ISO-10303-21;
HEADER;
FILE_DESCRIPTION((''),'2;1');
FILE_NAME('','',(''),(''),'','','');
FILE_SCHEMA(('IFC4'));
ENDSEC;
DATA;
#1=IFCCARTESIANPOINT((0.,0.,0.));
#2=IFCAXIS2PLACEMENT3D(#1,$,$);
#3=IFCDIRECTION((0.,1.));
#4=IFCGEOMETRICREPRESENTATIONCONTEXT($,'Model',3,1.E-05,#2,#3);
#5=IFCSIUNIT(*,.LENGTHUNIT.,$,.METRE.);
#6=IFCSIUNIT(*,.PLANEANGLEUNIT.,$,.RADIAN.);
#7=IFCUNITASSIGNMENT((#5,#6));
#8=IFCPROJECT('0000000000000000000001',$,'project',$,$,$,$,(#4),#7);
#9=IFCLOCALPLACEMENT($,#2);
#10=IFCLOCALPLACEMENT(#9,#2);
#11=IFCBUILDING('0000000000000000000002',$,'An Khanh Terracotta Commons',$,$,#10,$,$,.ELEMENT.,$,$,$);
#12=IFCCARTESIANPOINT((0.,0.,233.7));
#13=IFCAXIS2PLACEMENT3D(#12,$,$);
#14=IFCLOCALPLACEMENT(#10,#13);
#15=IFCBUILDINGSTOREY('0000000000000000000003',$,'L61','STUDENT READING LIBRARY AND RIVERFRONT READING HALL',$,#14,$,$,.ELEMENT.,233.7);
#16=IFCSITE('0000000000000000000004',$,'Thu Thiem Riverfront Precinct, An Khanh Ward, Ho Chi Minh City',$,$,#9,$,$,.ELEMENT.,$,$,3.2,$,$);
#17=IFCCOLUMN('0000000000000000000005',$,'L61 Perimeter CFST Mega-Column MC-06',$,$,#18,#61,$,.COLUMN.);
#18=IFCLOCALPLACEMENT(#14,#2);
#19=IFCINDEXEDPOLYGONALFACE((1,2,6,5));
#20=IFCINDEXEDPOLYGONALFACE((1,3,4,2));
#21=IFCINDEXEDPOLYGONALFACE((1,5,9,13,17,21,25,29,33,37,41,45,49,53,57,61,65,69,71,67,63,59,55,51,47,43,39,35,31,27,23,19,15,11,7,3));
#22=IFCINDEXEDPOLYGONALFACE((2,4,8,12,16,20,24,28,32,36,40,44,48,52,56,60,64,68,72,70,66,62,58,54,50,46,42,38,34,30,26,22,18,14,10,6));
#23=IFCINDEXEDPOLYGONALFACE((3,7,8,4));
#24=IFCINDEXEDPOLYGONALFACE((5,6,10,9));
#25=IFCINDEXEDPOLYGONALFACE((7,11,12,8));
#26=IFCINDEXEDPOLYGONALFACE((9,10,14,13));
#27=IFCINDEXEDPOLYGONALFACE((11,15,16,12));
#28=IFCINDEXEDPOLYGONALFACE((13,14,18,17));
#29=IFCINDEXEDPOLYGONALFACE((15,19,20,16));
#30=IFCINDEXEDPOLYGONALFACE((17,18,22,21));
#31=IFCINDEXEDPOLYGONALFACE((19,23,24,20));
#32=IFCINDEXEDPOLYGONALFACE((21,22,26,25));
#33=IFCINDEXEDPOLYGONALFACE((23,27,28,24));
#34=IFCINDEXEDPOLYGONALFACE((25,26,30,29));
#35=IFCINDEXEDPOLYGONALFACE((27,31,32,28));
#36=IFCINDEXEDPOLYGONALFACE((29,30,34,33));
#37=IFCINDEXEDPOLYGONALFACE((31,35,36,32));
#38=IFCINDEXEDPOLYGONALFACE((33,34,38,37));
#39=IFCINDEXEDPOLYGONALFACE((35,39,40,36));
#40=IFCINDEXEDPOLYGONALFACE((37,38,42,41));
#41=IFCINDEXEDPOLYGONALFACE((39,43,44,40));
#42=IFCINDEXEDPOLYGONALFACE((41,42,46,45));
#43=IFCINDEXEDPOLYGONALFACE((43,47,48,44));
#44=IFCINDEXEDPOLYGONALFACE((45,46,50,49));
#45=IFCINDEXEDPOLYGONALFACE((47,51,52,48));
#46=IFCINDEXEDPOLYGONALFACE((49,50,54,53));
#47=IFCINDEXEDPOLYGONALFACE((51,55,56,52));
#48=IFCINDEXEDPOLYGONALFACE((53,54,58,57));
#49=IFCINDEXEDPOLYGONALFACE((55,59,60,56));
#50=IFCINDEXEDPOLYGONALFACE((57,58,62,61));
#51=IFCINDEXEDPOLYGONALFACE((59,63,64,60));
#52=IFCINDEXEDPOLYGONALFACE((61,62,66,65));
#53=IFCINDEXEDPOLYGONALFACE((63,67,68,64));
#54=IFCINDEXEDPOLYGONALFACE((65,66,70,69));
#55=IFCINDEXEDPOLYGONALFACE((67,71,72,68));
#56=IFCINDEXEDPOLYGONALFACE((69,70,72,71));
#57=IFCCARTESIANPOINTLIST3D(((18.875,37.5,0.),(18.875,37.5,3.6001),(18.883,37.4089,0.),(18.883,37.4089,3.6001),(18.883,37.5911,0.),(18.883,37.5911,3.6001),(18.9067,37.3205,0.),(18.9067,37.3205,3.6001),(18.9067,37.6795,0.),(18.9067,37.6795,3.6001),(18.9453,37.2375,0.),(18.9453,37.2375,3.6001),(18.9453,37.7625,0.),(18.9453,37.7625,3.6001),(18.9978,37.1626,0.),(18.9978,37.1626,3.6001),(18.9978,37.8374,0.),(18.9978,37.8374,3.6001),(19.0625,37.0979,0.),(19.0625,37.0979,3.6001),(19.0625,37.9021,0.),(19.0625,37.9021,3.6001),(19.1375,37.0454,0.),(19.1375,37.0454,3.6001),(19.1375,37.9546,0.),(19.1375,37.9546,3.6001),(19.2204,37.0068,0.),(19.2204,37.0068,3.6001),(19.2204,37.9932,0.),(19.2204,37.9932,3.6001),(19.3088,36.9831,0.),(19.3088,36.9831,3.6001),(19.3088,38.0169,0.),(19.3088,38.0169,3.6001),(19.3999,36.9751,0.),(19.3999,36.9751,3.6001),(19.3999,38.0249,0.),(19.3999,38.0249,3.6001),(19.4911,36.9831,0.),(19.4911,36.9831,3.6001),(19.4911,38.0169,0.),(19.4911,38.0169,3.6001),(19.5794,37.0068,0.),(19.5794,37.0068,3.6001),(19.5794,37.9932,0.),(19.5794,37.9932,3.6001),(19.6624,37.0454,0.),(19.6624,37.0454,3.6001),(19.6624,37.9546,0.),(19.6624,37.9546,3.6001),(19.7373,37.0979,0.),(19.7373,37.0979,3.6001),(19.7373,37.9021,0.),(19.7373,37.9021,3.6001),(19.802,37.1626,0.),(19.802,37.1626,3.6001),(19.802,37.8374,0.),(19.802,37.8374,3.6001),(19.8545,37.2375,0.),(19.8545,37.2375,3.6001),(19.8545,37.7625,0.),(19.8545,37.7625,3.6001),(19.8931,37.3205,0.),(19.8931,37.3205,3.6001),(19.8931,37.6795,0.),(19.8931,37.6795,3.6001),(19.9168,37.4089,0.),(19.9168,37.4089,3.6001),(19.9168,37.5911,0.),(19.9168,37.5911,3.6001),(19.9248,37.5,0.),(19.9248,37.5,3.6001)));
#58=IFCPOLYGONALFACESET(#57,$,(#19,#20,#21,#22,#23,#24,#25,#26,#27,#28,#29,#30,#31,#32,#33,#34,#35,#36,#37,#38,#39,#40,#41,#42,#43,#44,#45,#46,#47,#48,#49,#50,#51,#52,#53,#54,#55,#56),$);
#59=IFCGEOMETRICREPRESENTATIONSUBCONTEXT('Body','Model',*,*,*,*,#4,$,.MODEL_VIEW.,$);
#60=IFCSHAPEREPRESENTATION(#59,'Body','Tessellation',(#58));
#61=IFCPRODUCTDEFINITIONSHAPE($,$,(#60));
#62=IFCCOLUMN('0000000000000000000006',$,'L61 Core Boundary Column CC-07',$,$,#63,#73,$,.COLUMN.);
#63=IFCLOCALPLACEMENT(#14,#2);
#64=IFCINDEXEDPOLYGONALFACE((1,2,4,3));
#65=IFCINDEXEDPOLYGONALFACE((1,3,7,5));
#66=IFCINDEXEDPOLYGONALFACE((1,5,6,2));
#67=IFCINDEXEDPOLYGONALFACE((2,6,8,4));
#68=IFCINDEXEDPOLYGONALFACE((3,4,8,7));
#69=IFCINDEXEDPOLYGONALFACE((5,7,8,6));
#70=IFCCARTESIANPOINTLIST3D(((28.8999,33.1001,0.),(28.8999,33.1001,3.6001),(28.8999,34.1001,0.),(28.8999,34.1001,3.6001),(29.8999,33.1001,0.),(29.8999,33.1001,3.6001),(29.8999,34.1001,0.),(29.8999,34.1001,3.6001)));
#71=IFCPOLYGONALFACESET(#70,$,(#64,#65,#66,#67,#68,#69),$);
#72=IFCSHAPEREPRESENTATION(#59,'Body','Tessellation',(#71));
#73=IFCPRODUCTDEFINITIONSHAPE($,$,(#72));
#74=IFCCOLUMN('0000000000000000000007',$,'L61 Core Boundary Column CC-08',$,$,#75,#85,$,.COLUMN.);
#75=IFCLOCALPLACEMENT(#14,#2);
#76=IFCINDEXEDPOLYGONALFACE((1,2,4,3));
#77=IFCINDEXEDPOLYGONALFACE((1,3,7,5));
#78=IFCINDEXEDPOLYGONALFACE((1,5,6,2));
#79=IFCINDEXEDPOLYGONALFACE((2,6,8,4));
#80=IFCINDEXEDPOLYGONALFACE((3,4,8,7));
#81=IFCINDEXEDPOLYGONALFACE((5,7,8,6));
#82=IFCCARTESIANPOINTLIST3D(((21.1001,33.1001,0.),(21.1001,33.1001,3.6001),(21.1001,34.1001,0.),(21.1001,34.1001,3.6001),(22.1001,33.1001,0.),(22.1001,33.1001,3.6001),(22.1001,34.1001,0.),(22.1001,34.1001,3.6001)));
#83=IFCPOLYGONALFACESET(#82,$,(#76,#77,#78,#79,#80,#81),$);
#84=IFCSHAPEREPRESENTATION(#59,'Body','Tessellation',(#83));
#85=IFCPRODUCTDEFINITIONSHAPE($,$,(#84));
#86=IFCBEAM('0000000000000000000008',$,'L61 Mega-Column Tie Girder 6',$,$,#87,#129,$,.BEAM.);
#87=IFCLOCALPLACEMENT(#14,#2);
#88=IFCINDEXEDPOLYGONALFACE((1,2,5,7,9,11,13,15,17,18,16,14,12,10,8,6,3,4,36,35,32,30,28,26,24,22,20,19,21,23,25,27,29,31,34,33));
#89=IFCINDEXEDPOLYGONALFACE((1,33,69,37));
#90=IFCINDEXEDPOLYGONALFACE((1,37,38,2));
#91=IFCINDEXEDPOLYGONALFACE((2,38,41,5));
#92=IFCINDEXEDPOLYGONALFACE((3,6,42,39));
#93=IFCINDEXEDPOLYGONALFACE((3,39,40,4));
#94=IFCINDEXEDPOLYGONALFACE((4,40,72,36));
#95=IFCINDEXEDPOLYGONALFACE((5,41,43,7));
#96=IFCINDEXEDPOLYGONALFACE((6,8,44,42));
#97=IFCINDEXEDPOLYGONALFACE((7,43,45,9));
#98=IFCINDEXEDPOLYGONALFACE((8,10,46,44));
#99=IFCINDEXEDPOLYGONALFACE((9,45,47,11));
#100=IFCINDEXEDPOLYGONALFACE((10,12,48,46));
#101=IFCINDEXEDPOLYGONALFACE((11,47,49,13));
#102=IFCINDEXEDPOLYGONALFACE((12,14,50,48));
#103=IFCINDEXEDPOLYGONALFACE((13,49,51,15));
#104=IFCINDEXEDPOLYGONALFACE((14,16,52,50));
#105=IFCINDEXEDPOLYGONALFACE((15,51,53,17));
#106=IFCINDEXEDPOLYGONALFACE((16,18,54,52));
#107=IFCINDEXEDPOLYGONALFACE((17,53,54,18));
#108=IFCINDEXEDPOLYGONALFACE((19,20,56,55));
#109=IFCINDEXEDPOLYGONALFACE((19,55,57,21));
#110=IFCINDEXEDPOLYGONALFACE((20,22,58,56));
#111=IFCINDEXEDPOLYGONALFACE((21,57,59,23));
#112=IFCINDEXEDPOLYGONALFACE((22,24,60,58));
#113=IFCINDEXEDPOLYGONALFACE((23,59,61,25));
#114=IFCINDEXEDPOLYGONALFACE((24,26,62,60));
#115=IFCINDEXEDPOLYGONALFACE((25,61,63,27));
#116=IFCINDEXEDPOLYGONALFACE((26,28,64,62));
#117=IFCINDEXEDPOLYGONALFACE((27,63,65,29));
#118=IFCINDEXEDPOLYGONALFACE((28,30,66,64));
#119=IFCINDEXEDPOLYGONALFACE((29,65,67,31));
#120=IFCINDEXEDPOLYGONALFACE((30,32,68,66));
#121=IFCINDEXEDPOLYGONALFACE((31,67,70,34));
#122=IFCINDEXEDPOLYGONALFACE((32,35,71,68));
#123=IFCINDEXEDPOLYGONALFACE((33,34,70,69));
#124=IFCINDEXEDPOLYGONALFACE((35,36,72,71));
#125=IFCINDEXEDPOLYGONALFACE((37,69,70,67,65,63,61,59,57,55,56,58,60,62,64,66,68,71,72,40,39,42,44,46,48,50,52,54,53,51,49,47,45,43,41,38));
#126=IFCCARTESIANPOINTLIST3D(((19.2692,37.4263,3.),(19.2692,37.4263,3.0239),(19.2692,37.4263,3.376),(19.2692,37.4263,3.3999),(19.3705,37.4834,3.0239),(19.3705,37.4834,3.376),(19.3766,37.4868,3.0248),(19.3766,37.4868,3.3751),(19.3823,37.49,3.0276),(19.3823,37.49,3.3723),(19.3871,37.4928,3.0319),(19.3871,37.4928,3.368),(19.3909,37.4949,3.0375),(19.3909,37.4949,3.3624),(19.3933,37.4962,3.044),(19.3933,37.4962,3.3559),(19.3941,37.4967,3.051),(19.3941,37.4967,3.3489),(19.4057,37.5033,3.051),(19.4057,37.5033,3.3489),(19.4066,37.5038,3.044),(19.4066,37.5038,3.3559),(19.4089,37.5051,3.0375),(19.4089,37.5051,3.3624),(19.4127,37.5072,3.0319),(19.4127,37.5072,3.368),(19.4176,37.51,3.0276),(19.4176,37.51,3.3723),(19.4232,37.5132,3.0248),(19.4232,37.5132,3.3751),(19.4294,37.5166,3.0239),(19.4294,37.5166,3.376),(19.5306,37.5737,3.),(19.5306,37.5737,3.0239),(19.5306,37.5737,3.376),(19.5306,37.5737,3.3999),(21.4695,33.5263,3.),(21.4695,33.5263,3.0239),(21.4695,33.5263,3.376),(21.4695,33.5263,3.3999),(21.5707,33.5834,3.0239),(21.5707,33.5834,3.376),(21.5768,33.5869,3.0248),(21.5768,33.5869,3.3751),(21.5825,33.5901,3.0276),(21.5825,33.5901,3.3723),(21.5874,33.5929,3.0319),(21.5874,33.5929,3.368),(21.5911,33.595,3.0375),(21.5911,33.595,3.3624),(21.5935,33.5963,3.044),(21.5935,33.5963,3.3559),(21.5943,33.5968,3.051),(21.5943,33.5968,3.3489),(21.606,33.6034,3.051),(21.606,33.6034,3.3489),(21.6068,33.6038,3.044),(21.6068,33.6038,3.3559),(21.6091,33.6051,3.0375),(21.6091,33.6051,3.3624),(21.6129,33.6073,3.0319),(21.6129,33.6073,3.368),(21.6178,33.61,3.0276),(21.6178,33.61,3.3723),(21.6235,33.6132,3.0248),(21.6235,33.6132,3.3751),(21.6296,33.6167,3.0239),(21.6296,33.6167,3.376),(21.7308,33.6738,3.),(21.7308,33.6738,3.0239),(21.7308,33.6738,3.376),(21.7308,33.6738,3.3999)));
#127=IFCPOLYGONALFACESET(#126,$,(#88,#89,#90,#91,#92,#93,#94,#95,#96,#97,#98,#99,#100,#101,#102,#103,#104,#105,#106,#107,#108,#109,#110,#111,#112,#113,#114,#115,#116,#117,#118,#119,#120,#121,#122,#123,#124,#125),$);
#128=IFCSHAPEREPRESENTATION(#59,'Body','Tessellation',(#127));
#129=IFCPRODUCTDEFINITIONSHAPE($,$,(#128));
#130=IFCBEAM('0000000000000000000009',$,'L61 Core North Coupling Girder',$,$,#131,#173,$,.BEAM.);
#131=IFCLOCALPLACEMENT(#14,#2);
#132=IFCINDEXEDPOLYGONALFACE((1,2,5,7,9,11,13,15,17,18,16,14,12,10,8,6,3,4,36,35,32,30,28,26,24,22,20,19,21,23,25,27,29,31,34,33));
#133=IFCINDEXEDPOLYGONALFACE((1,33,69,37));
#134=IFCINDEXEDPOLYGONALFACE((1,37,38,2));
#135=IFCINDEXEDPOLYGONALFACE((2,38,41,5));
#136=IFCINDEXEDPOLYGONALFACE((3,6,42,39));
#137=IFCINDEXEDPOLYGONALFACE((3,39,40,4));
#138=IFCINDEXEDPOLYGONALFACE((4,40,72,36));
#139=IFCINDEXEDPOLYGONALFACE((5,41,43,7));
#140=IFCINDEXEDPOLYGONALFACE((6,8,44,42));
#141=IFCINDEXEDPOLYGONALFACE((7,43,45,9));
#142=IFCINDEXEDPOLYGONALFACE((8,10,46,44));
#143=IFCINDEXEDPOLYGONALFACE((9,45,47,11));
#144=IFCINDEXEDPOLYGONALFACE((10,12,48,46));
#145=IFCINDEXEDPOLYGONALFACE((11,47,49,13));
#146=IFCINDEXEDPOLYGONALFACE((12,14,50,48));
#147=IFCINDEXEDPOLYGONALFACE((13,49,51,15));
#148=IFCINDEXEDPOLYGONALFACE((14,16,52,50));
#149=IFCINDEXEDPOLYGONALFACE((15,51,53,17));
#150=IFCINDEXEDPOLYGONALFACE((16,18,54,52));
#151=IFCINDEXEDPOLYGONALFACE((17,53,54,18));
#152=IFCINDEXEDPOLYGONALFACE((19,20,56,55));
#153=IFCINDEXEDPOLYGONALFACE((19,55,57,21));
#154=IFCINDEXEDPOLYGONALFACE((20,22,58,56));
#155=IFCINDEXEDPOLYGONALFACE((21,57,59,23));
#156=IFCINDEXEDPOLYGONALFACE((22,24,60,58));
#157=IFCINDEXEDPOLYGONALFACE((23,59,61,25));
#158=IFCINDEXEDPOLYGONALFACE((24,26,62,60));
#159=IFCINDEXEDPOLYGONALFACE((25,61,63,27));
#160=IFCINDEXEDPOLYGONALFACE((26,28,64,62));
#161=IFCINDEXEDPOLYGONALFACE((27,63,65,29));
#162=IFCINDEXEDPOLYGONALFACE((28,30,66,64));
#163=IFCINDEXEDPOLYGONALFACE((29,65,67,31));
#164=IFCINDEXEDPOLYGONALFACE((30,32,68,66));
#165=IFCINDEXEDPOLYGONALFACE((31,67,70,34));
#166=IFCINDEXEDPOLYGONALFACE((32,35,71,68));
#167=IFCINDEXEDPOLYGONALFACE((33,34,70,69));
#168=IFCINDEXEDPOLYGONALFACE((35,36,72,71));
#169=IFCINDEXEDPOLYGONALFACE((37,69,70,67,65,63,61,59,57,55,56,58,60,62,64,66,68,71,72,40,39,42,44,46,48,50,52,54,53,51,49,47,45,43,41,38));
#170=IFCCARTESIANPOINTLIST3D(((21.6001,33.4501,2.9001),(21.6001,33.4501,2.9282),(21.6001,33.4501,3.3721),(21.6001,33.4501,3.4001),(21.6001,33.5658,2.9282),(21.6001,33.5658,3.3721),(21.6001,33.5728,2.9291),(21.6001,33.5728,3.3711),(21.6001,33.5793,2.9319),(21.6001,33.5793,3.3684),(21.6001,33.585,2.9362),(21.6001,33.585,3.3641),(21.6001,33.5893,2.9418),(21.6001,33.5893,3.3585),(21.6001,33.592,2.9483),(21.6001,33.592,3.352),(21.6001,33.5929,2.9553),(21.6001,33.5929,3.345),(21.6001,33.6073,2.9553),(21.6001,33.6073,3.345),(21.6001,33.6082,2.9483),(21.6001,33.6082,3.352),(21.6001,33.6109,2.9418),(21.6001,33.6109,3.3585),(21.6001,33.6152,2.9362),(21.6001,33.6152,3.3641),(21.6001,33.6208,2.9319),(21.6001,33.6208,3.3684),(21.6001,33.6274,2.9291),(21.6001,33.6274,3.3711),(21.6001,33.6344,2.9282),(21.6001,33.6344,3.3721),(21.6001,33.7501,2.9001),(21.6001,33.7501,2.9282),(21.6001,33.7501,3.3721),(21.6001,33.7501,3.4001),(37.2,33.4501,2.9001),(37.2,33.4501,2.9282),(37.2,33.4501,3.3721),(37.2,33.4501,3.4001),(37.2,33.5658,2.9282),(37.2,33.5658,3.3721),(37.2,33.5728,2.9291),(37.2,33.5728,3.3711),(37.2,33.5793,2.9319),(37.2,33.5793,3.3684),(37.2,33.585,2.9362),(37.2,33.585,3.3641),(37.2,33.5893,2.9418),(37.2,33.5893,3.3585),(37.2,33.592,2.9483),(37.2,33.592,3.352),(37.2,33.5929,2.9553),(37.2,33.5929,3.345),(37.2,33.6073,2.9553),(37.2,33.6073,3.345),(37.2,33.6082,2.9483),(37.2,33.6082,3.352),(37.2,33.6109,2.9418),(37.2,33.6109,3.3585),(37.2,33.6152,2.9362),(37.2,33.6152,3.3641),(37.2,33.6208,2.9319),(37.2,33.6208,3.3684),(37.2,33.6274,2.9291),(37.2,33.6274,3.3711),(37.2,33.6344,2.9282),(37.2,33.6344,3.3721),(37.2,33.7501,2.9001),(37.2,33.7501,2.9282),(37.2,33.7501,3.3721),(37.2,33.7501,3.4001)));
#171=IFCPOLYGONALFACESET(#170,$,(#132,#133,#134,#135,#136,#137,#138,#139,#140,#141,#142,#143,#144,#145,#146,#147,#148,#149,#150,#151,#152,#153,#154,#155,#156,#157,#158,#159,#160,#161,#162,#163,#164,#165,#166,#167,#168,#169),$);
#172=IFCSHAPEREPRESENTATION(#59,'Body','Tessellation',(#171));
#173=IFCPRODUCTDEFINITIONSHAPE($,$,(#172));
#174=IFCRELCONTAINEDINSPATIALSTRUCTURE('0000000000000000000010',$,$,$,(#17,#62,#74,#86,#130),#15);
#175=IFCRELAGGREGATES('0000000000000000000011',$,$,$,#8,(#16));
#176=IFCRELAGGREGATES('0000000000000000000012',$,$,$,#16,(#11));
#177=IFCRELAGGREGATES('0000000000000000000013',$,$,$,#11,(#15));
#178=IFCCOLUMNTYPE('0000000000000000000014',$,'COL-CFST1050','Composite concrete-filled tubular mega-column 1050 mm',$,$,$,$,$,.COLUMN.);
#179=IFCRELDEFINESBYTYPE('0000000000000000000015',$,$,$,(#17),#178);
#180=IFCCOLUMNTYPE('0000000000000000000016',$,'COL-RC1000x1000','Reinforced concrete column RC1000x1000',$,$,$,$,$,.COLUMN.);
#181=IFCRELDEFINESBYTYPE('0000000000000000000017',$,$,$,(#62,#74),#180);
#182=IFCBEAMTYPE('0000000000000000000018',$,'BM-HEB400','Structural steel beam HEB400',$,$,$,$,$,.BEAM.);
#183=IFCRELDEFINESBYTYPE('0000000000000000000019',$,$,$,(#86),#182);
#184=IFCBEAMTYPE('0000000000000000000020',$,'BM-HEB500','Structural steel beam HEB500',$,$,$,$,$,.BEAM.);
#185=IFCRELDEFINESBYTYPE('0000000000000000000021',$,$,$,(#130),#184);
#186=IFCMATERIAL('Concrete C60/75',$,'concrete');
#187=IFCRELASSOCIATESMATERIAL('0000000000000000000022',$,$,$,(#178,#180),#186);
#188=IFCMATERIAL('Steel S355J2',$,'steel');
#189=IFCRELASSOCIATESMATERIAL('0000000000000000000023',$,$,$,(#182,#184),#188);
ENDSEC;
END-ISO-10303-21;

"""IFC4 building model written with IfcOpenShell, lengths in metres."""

from ifc_helpers import new_model, si_unit, direction, frame, origin, origin_2d, place, context, subcontext, project, spatial, rectangle, circle, i_section, extrude, material, material_profile, profile_set, type_object, element, save


model = new_model("IFC4")

# Units and contexts
model_context = context("Model", 3, precision=1e-05, world=origin(), true_north=direction((0.0, 1.0)))
body_context = subcontext(model_context, "Body", "Model", "MODEL_VIEW")
ifc_project = project(units=[si_unit("LENGTHUNIT", "METRE"), si_unit("PLANEANGLEUNIT", "RADIAN")], contexts=[model_context])

# Site, building, storey
site_placement = place(None, origin())
site = spatial("IfcSite", under=ifc_project, at=site_placement, Name="Thu Thiem Riverfront Precinct, An Khanh Ward, Ho Chi Minh City", CompositionType="ELEMENT", RefElevation=3.2)
building_placement = place(site_placement, origin())
building = spatial("IfcBuilding", under=site, at=building_placement, Name="An Khanh Terracotta Commons", CompositionType="ELEMENT")
storey_placement = place(building_placement, frame((0.0, 0.0, 233.7)))
storey = spatial("IfcBuildingStorey", under=building, at=storey_placement, Name="L61", Description="STUDENT READING LIBRARY AND RIVERFRONT READING HALL", CompositionType="ELEMENT", Elevation=233.7)

# Columns
ifc_material_1 = material(Name="Concrete C60/75", Category="concrete")
ifc_material_profile_1 = material_profile(ifc_material_1, circle(Radius=0.5249, at=origin_2d()), Name="CFST1050")
ifc_profile_set_1 = profile_set([ifc_material_profile_1], Name="Concrete C60/75")
column_type_1 = type_object("IfcColumnType", Name="COL-CFST1050", Description="Composite concrete-filled tubular mega-column 1050 mm", PredefinedType="COLUMN", material=ifc_profile_set_1)
column_placement = place(storey_placement, frame((19.3999, 37.5, 0.0), z_axis=(0.0, 0.0, 1.0), x_axis=(1.0, 0.0, 0.0)))
element("IfcColumn", 1, at=column_placement, inside=storey, type_object=column_type_1, Name="L61 Perimeter CFST Mega-Column MC-06", PredefinedType="COLUMN", context=body_context, shape_type="SweptSolid", body=[
    extrude(circle(Radius=0.5249, at=origin_2d()), origin(), (0.0, 0.0, 1.0), 3.6001),
])
ifc_material_profile_2 = material_profile(ifc_material_1, rectangle(XDim=1.0, YDim=1.0, at=origin_2d()), Name="RC1000x1000")
ifc_profile_set_2 = profile_set([ifc_material_profile_2], Name="Concrete C60/75")
column_type_2 = type_object("IfcColumnType", Name="COL-RC1000x1000", Description="Reinforced concrete column RC1000x1000", PredefinedType="COLUMN", material=ifc_profile_set_2)
for number, where, z_axis, x_axis, name in (
    (2, (29.3999, 33.6001, 0.0), (0.0, 0.0, 1.0), (1.0, 0.0, 0.0), "L61 Core Boundary Column CC-07"),
    (3, (21.6001, 33.6001, 0.0), (0.0, 0.0, 1.0), (1.0, 0.0, 0.0), "L61 Core Boundary Column CC-08"),
):
    element("IfcColumn", number, at=place(storey_placement, frame(where, z_axis=z_axis, x_axis=x_axis)), inside=storey, type_object=column_type_2, Name=name, PredefinedType="COLUMN", context=body_context, shape_type="SweptSolid", body=[
        extrude(rectangle(XDim=1.0, YDim=1.0, at=origin_2d()), origin(), (0.0, 0.0, 1.0), 3.6001),
    ])

# Beams
ifc_material_2 = material(Name="Steel S355J2", Category="steel")
ifc_material_profile_3 = material_profile(ifc_material_2, i_section(OverallWidth=0.3, OverallDepth=0.3999, WebThickness=0.0134, FlangeThickness=0.0239, FilletRadius=0.0271, at=origin_2d()), Name="HEB400")
ifc_profile_set_3 = profile_set([ifc_material_profile_3], Name="Steel S355J2")
beam_type_1 = type_object("IfcBeamType", Name="BM-HEB400", Description="Structural steel beam HEB400", PredefinedType="BEAM", material=ifc_profile_set_3)
beam_1_placement = place(storey_placement, frame((19.3999, 37.5, 3.2), z_axis=(0.491364, -0.870955, 0.0), x_axis=(0.870955, 0.491364, 0.0)))
element("IfcBeam", 4, at=beam_1_placement, inside=storey, type_object=beam_type_1, Name="L61 Mega-Column Tie Girder 6", PredefinedType="BEAM", context=body_context, shape_type="SweptSolid", body=[
    extrude(i_section(OverallWidth=0.3, OverallDepth=0.3999, WebThickness=0.0134, FlangeThickness=0.0239, FilletRadius=0.0271, at=origin_2d()), origin(), (0.0, 0.0, 1.0), 4.4778),
])
ifc_material_profile_4 = material_profile(ifc_material_2, i_section(OverallWidth=0.3, OverallDepth=0.5, WebThickness=0.0144, FlangeThickness=0.0281, FilletRadius=0.0271, at=origin_2d()), Name="HEB500")
ifc_profile_set_4 = profile_set([ifc_material_profile_4], Name="Steel S355J2")
beam_type_2 = type_object("IfcBeamType", Name="BM-HEB500", Description="Structural steel beam HEB500", PredefinedType="BEAM", material=ifc_profile_set_4)
beam_2_placement = place(storey_placement, frame((21.6001, 33.6001, 3.1501), z_axis=(1.0, 0.0, 0.0), x_axis=(0.0, 1.0, 0.0)))
element("IfcBeam", 5, at=beam_2_placement, inside=storey, type_object=beam_type_2, Name="L61 Core North Coupling Girder", PredefinedType="BEAM", context=body_context, shape_type="SweptSolid", body=[
    extrude(i_section(OverallWidth=0.3, OverallDepth=0.5, WebThickness=0.0144, FlangeThickness=0.0281, FilletRadius=0.0271, at=origin_2d()), origin(), (0.0, 0.0, 1.0), 15.5999),
])

save(model, "model.ifc")
